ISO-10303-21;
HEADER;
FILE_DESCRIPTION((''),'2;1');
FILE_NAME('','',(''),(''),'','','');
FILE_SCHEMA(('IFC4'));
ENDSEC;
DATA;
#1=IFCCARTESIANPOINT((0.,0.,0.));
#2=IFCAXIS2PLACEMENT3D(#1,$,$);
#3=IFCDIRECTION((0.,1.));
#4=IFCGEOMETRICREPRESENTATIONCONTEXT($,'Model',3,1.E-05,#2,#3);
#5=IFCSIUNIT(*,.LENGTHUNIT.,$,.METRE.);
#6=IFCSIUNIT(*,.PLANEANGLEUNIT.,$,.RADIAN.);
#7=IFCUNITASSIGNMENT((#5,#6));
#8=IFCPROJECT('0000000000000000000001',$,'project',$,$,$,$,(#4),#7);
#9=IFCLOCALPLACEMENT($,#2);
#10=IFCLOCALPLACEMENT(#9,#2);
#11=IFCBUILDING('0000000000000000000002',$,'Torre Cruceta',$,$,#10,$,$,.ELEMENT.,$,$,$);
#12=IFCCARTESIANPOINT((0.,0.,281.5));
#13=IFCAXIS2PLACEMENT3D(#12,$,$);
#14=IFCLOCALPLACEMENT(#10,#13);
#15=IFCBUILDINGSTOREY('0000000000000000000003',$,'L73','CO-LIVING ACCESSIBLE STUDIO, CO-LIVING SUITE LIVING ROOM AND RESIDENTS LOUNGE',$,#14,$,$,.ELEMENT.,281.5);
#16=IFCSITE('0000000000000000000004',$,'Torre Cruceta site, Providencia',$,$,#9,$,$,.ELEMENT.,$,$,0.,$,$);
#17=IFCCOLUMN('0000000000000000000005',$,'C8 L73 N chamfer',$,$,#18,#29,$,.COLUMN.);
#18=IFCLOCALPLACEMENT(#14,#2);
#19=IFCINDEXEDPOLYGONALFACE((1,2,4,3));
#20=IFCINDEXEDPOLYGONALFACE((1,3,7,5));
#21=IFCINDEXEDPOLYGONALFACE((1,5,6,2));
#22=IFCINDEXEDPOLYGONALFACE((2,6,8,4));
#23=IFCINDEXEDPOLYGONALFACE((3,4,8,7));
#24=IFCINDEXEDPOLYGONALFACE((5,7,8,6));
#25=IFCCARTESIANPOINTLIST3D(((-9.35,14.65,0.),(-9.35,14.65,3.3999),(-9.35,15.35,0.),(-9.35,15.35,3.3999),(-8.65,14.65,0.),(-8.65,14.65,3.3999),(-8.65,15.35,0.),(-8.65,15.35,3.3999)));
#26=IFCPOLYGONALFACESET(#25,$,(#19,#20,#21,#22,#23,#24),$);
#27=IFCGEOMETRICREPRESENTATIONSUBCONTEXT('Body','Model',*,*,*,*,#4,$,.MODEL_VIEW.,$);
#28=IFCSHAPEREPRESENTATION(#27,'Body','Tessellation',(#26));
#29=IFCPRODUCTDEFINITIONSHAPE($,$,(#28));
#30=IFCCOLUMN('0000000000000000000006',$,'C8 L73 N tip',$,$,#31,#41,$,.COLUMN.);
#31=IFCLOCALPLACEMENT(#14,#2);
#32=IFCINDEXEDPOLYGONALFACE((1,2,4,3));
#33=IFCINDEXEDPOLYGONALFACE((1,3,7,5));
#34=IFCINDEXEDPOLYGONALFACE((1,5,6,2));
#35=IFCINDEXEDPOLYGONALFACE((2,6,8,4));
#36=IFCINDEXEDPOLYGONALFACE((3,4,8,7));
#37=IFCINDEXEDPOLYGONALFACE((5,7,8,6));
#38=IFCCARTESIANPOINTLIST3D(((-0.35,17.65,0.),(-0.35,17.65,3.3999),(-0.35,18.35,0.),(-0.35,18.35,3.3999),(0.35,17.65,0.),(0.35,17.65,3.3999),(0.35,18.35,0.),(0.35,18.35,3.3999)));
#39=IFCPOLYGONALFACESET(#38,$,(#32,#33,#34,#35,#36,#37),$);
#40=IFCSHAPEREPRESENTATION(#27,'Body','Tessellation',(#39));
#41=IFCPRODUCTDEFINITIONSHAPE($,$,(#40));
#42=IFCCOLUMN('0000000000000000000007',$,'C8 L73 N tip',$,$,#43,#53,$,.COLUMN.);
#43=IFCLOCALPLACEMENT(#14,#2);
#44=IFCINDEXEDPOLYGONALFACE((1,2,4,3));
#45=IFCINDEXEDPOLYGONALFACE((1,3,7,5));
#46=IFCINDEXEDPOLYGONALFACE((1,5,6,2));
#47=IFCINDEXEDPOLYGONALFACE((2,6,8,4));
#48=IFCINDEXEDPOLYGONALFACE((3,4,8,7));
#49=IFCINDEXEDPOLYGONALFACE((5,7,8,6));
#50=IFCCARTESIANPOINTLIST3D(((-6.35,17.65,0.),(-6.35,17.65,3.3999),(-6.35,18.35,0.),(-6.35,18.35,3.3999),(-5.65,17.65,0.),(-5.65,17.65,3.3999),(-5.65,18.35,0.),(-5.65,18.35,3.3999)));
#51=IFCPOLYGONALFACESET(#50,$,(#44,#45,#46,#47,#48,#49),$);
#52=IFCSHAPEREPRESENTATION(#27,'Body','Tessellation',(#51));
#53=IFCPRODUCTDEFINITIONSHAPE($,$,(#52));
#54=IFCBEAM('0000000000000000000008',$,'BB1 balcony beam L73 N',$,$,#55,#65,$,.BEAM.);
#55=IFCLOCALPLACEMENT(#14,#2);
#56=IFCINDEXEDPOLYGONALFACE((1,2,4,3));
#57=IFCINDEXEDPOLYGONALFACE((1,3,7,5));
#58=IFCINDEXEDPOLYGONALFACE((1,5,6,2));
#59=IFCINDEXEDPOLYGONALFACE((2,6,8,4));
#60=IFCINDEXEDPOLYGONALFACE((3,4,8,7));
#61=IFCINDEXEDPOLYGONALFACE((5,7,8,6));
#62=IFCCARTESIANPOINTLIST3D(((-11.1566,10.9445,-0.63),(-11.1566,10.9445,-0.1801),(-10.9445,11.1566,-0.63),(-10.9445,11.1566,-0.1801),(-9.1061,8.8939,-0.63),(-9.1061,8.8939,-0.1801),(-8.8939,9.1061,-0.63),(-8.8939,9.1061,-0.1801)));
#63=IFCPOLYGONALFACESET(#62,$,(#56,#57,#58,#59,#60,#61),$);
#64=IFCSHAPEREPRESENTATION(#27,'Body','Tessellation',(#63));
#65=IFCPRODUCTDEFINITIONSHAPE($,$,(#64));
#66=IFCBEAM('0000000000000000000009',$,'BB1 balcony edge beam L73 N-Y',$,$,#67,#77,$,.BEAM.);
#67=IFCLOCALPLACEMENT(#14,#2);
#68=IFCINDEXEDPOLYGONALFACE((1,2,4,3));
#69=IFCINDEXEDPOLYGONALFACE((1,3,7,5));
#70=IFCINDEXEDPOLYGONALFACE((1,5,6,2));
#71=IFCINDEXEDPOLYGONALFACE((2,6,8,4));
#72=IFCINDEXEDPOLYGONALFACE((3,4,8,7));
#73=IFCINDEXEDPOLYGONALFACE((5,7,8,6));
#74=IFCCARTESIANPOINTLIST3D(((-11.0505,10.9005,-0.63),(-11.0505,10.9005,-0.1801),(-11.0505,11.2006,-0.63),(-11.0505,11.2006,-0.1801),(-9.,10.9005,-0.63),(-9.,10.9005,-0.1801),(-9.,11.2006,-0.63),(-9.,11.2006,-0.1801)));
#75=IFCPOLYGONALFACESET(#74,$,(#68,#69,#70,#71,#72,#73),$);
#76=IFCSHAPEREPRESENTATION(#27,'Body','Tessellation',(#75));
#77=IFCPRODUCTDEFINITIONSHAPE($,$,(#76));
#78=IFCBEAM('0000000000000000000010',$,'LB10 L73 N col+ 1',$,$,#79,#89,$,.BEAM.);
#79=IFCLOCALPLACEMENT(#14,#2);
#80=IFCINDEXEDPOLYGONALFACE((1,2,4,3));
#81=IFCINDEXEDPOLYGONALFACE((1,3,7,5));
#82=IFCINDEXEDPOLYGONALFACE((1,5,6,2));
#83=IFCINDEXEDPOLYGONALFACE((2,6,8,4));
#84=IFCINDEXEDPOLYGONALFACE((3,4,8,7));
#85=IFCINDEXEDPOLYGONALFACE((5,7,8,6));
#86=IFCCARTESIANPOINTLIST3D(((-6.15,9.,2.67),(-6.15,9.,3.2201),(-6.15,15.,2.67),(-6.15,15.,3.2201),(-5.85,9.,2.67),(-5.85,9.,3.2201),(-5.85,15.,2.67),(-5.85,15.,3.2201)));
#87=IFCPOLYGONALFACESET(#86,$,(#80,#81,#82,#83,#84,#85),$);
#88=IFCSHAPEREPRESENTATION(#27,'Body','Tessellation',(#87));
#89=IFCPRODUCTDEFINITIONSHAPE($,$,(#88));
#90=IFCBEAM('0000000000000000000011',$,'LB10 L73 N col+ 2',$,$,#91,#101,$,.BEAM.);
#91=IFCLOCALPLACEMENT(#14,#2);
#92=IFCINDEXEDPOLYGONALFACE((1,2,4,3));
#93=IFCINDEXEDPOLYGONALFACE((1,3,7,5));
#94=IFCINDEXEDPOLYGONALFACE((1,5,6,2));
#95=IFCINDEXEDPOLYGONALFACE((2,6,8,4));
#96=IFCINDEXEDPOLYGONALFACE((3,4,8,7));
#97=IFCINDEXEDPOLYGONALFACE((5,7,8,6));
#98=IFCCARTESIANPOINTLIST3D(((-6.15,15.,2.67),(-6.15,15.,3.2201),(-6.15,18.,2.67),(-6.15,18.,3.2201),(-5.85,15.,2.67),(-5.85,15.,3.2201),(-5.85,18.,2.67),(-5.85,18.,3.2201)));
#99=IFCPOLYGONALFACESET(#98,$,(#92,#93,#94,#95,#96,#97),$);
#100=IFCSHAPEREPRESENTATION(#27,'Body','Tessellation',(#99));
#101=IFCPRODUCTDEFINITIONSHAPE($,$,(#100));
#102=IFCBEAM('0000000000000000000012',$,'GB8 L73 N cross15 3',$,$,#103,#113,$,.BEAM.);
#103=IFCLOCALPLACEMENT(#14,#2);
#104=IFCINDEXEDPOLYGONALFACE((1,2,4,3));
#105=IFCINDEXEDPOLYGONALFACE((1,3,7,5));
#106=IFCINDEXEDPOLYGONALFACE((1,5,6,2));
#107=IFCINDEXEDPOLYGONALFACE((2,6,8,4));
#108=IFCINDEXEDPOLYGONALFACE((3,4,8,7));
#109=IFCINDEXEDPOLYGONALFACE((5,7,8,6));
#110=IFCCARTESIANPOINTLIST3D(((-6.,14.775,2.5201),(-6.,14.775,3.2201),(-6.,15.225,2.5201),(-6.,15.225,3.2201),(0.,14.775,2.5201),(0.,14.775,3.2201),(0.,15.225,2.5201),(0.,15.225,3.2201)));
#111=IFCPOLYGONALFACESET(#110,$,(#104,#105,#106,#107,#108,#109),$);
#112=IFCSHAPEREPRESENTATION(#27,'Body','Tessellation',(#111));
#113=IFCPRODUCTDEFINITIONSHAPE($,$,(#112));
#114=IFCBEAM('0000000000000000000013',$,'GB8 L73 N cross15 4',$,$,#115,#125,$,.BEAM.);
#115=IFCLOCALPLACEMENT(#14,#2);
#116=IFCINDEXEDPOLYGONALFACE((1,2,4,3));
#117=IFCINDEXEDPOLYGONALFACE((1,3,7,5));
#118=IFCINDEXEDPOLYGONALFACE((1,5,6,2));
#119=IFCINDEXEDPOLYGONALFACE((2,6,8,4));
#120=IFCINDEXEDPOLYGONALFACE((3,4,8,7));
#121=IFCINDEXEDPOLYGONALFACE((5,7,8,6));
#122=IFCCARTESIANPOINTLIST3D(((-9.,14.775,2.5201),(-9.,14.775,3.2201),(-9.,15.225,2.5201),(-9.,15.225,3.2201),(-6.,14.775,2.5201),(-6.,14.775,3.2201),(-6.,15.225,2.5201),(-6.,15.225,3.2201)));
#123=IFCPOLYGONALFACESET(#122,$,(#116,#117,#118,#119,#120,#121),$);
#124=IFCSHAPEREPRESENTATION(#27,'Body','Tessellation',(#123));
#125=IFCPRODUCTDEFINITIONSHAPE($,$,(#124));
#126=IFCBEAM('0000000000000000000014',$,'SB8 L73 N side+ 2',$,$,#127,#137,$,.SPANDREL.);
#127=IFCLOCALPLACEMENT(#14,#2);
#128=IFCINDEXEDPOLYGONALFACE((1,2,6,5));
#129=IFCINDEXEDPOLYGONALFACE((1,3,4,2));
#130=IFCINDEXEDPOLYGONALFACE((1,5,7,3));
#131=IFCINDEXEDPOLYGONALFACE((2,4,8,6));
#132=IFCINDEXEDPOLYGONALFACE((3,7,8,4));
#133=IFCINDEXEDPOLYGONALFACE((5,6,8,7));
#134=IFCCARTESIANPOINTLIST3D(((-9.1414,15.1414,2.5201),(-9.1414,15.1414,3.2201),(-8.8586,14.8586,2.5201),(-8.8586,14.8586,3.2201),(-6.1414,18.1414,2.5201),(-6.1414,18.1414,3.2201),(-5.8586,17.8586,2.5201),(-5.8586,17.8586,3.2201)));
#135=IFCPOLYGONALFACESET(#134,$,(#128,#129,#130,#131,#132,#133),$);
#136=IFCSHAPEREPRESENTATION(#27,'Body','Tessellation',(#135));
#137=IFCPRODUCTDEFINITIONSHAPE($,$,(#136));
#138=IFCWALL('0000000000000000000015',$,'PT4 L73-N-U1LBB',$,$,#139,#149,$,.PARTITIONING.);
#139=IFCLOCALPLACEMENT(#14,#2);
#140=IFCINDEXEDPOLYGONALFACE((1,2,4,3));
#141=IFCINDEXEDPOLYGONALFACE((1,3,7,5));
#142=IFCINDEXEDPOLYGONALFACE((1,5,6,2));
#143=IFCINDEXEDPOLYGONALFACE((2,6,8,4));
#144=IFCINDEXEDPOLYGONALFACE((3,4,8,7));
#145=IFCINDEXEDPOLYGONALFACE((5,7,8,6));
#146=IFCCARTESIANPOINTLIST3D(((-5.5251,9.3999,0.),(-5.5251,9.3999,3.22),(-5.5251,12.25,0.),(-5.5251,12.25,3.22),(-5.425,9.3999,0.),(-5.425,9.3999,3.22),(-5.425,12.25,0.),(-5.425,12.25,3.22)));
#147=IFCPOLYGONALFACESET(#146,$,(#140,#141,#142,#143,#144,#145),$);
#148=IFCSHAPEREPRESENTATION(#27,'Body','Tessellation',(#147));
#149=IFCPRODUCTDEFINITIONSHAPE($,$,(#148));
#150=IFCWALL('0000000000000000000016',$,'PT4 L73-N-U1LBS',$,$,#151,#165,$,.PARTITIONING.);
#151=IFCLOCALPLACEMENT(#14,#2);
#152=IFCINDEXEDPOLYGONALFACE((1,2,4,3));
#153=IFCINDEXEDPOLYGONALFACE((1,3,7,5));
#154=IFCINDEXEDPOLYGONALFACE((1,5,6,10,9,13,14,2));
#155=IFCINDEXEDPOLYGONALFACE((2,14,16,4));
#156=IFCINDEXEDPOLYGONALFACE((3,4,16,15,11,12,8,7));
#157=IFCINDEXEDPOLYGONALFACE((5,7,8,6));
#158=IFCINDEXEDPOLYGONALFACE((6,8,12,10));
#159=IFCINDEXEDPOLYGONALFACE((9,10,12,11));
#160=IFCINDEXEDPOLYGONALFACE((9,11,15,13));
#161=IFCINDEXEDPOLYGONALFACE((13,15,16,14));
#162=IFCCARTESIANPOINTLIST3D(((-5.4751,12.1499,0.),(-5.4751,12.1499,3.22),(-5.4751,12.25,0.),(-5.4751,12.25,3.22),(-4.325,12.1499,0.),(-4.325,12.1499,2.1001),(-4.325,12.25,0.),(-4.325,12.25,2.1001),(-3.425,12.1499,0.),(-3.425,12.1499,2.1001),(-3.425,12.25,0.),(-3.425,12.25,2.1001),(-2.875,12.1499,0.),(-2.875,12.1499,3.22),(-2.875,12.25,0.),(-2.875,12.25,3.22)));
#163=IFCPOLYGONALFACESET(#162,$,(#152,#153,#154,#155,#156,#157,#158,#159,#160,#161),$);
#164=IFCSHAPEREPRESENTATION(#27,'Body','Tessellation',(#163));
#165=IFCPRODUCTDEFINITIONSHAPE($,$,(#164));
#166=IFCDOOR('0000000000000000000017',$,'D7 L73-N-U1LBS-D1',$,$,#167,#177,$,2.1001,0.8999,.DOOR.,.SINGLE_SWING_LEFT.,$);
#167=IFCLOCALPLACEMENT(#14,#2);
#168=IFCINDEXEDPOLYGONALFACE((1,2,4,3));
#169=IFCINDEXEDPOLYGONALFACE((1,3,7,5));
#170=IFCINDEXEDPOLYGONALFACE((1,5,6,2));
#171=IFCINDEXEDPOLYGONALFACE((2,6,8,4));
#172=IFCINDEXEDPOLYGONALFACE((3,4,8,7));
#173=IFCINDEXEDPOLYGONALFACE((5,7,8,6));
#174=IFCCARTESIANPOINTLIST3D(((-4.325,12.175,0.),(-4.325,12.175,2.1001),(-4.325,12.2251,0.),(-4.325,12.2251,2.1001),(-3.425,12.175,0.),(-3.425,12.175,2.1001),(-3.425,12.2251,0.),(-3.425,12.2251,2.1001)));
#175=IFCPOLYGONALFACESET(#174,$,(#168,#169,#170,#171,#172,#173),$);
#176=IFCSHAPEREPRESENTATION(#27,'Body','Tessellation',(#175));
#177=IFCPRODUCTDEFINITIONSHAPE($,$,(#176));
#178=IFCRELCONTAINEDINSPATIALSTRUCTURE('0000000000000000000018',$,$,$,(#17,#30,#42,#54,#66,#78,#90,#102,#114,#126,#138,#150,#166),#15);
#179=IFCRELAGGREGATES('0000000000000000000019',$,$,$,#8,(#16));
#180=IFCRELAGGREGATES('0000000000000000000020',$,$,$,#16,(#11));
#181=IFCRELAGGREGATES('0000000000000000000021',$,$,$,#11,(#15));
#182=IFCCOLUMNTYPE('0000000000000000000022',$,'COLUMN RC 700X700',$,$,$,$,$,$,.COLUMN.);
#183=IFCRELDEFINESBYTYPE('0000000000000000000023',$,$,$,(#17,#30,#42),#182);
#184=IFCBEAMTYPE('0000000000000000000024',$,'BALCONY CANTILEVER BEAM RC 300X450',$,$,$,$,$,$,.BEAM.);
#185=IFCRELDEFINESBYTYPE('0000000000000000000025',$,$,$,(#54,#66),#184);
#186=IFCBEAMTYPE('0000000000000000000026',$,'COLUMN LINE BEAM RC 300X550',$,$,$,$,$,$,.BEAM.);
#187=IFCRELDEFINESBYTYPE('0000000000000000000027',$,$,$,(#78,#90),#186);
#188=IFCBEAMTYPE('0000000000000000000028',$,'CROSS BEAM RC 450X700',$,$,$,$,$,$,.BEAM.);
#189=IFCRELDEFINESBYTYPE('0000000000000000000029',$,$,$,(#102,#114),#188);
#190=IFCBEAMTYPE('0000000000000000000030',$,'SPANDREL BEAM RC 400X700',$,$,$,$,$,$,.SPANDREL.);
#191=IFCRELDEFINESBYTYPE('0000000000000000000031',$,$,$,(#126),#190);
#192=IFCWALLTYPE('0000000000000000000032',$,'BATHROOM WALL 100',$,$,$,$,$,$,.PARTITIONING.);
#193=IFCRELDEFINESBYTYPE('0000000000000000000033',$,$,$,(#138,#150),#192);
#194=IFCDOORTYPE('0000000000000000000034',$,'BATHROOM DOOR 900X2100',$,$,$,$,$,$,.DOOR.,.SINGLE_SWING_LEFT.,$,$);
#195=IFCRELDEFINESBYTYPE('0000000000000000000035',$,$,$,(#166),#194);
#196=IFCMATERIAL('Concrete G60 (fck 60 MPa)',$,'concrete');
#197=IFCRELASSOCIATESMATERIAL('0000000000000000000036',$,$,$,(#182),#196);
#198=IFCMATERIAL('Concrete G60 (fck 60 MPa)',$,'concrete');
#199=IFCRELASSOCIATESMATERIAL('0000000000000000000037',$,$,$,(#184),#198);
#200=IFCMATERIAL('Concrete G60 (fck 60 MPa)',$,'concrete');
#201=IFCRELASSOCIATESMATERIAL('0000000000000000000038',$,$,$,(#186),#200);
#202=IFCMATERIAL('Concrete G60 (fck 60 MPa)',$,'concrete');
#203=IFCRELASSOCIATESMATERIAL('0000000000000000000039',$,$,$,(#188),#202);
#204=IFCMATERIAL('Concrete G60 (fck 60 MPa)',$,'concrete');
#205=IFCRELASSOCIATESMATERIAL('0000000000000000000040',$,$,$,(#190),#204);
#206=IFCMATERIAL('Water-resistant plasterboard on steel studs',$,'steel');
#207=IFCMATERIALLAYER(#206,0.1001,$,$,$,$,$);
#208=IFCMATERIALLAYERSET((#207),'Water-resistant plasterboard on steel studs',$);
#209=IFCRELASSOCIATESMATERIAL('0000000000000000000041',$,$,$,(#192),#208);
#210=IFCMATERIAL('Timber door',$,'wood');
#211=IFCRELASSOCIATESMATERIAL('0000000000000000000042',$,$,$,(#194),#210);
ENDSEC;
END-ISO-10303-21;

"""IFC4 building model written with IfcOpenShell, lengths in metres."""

from ifc_helpers import new_model, si_unit, direction, frame, frame_2d, origin, origin_2d, place, context, subcontext, project, spatial, rectangle, extrude, material, layer, layer_set, material_profile, profile_set, type_object, element, fill, save


model = new_model("IFC4")

# Units and contexts
model_context = context("Model", 3, precision=1e-05, world=origin(), true_north=direction((0.0, 1.0)))
body_context = subcontext(model_context, "Body", "Model", "MODEL_VIEW")
ifc_project = project(units=[si_unit("LENGTHUNIT", "METRE"), si_unit("PLANEANGLEUNIT", "RADIAN")], contexts=[model_context])

# Site, building, storey
site_placement = place(None, origin())
site = spatial("IfcSite", under=ifc_project, at=site_placement, Name="Torre Cruceta site, Providencia", CompositionType="ELEMENT", RefElevation=0.0)
building_placement = place(site_placement, origin())
building = spatial("IfcBuilding", under=site, at=building_placement, Name="Torre Cruceta", CompositionType="ELEMENT")
storey_placement = place(building_placement, frame((0.0, 0.0, 281.5)))
storey = spatial("IfcBuildingStorey", under=building, at=storey_placement, Name="L73", Description="CO-LIVING ACCESSIBLE STUDIO, CO-LIVING SUITE LIVING ROOM AND RESIDENTS LOUNGE", CompositionType="ELEMENT", Elevation=281.5)

# Columns
ifc_material_1 = material(Name="Concrete G60 (fck 60 MPa)", Category="concrete")
ifc_material_profile_1 = material_profile(ifc_material_1, rectangle(XDim=0.7, YDim=0.7, at=origin_2d()), Name="RC 700X700")
ifc_profile_set_1 = profile_set([ifc_material_profile_1], Name="Concrete G60 (fck 60 MPa)")
column_type = type_object("IfcColumnType", Name="COLUMN RC 700X700", PredefinedType="COLUMN", material=ifc_profile_set_1)
for number, where, z_axis, x_axis, name in (
    (1, (-9.0, 15.0, 0.0), (0.0, 0.0, 1.0), (1.0, 0.0, 0.0), "C8 L73 N chamfer"),
    (2, (0.0, 18.0, 0.0), (0.0, 0.0, 1.0), (1.0, 0.0, 0.0), "C8 L73 N tip"),
    (3, (-6.0, 18.0, 0.0), (0.0, 0.0, 1.0), (1.0, 0.0, 0.0), "C8 L73 N tip"),
):
    element("IfcColumn", number, at=place(storey_placement, frame(where, z_axis=z_axis, x_axis=x_axis)), inside=storey, type_object=column_type, Name=name, PredefinedType="COLUMN", context=body_context, shape_type="SweptSolid", body=[
        extrude(rectangle(XDim=0.7, YDim=0.7, at=origin_2d()), origin(), (0.0, 0.0, 1.0), 3.3999),
    ])

# Beams
ifc_material_2 = material(Name="Concrete G60 (fck 60 MPa)", Category="concrete")
ifc_material_profile_2 = material_profile(ifc_material_2, rectangle(XDim=0.3, YDim=0.45, at=origin_2d()), Name="RC 300X450")
ifc_profile_set_2 = profile_set([ifc_material_profile_2], Name="Concrete G60 (fck 60 MPa)")
beam_type_1 = type_object("IfcBeamType", Name="BALCONY CANTILEVER BEAM RC 300X450", PredefinedType="BEAM", material=ifc_profile_set_2)
beam_1_placement = place(storey_placement, frame((-9.0, 9.0, -0.405), z_axis=(-0.707107, 0.707107, 0.0), x_axis=(-0.707107, -0.707107, 0.0)))
element("IfcBeam", 4, at=beam_1_placement, inside=storey, type_object=beam_type_1, Name="BB1 balcony beam L73 N", PredefinedType="BEAM", context=body_context, shape_type="SweptSolid", body=[
    extrude(rectangle(XDim=0.3, YDim=0.45, at=origin_2d()), origin(), (0.0, 0.0, 1.0), 2.8999),
])
beam_2_placement = place(storey_placement, frame((-9.0, 11.0505, -0.405), z_axis=(-1.0, 0.0, 0.0), x_axis=(0.0, -1.0, 0.0)))
element("IfcBeam", 5, at=beam_2_placement, inside=storey, type_object=beam_type_1, Name="BB1 balcony edge beam L73 N-Y", PredefinedType="BEAM", context=body_context, shape_type="SweptSolid", body=[
    extrude(rectangle(XDim=0.3, YDim=0.45, at=origin_2d()), origin(), (0.0, 0.0, 1.0), 2.0505),
])
ifc_material_3 = material(Name="Concrete G60 (fck 60 MPa)", Category="concrete")
ifc_material_profile_3 = material_profile(ifc_material_3, rectangle(XDim=0.3, YDim=0.55, at=origin_2d()), Name="RC 300X550")
ifc_profile_set_3 = profile_set([ifc_material_profile_3], Name="Concrete G60 (fck 60 MPa)")
beam_type_2 = type_object("IfcBeamType", Name="COLUMN LINE BEAM RC 300X550", PredefinedType="BEAM", material=ifc_profile_set_3)
beam_3_placement = place(storey_placement, frame((-6.0, 9.0, 2.9451), z_axis=(0.0, 1.0, 0.0), x_axis=(-1.0, 0.0, 0.0)))
element("IfcBeam", 6, at=beam_3_placement, inside=storey, type_object=beam_type_2, Name="LB10 L73 N col+ 1", PredefinedType="BEAM", context=body_context, shape_type="SweptSolid", body=[
    extrude(rectangle(XDim=0.3, YDim=0.55, at=origin_2d()), origin(), (0.0, 0.0, 1.0), 6.0),
])
beam_4_placement = place(storey_placement, frame((-6.0, 15.0, 2.9451), z_axis=(0.0, 1.0, 0.0), x_axis=(-1.0, 0.0, 0.0)))
element("IfcBeam", 7, at=beam_4_placement, inside=storey, type_object=beam_type_2, Name="LB10 L73 N col+ 2", PredefinedType="BEAM", context=body_context, shape_type="SweptSolid", body=[
    extrude(rectangle(XDim=0.3, YDim=0.55, at=origin_2d()), origin(), (0.0, 0.0, 1.0), 3.0),
])
ifc_material_4 = material(Name="Concrete G60 (fck 60 MPa)", Category="concrete")
ifc_material_profile_4 = material_profile(ifc_material_4, rectangle(XDim=0.45, YDim=0.7, at=origin_2d()), Name="RC 450X700")
ifc_profile_set_4 = profile_set([ifc_material_profile_4], Name="Concrete G60 (fck 60 MPa)")
beam_type_3 = type_object("IfcBeamType", Name="CROSS BEAM RC 450X700", PredefinedType="BEAM", material=ifc_profile_set_4)
beam_5_placement = place(storey_placement, frame((0.0, 15.0, 2.8701), z_axis=(-1.0, 0.0, 0.0), x_axis=(0.0, -1.0, 0.0)))
element("IfcBeam", 8, at=beam_5_placement, inside=storey, type_object=beam_type_3, Name="GB8 L73 N cross15 3", PredefinedType="BEAM", context=body_context, shape_type="SweptSolid", body=[
    extrude(rectangle(XDim=0.45, YDim=0.7, at=origin_2d()), origin(), (0.0, 0.0, 1.0), 6.0),
])
beam_6_placement = place(storey_placement, frame((-6.0, 15.0, 2.8701), z_axis=(-1.0, 0.0, 0.0), x_axis=(0.0, -1.0, 0.0)))
element("IfcBeam", 9, at=beam_6_placement, inside=storey, type_object=beam_type_3, Name="GB8 L73 N cross15 4", PredefinedType="BEAM", context=body_context, shape_type="SweptSolid", body=[
    extrude(rectangle(XDim=0.45, YDim=0.7, at=origin_2d()), origin(), (0.0, 0.0, 1.0), 3.0),
])
ifc_material_5 = material(Name="Concrete G60 (fck 60 MPa)", Category="concrete")
ifc_material_profile_5 = material_profile(ifc_material_5, rectangle(XDim=0.3999, YDim=0.7, at=origin_2d()), Name="RC 400X700")
ifc_profile_set_5 = profile_set([ifc_material_profile_5], Name="Concrete G60 (fck 60 MPa)")
beam_type_4 = type_object("IfcBeamType", Name="SPANDREL BEAM RC 400X700", PredefinedType="SPANDREL", material=ifc_profile_set_5)
beam_7_placement = place(storey_placement, frame((-9.0, 15.0, 2.8701), z_axis=(0.707107, 0.707107, 0.0), x_axis=(-0.707107, 0.707107, 0.0)))
element("IfcBeam", 10, at=beam_7_placement, inside=storey, type_object=beam_type_4, Name="SB8 L73 N side+ 2", PredefinedType="SPANDREL", context=body_context, shape_type="SweptSolid", body=[
    extrude(rectangle(XDim=0.3999, YDim=0.7, at=origin_2d()), origin(), (0.0, 0.0, 1.0), 4.2427),
])

# Wall
ifc_material_6 = material(Name="Water-resistant plasterboard on steel studs", Category="steel")
ifc_layer_1 = layer(ifc_material_6, 0.1001)
ifc_layer_set_1 = layer_set([ifc_layer_1], Name="Water-resistant plasterboard on steel studs")
wall_type_1 = type_object("IfcWallType", Name="BATHROOM WALL 100", PredefinedType="PARTITIONING", material=ifc_layer_set_1)
wall_1_placement = place(storey_placement, frame((-5.4751, 9.3999, 0.0), z_axis=(0.0, 0.0, 1.0), x_axis=(0.0, 1.0, 0.0)))
element("IfcWall", 11, at=wall_1_placement, inside=storey, type_object=wall_type_1, Name="PT4 L73-N-U1LBB", PredefinedType="PARTITIONING", context=body_context, shape_type="SweptSolid", body=[
    extrude(rectangle(XDim=2.8501, YDim=0.1001, at=frame_2d((1.425, 0.0))), origin(), (0.0, 0.0, 1.0), 3.22),
])

# Wall, opening, door
wall_2_placement = place(storey_placement, frame((-2.875, 12.2, 0.0), z_axis=(0.0, 0.0, 1.0), x_axis=(-1.0, 0.0, 0.0)))
wall_2 = element("IfcWall", 12, at=wall_2_placement, inside=storey, type_object=wall_type_1, Name="PT4 L73-N-U1LBS", PredefinedType="PARTITIONING", context=body_context, shape_type="SweptSolid", body=[
    extrude(rectangle(XDim=2.6001, YDim=0.1001, at=frame_2d((1.3, 0.0))), origin(), (0.0, 0.0, 1.0), 3.22),
])
opening_1_placement = place(wall_2_placement, frame((0.55, 0.0, 0.0)))
opening_1 = element("IfcOpeningElement", 13, at=opening_1_placement, cuts=wall_2, PredefinedType="OPENING", context=body_context, shape_type="SweptSolid", body=[
    extrude(rectangle(XDim=0.8999, YDim=2.1001, at=frame_2d((0.45, 1.05))), frame((0.0, 0.0601, 0.0), z_axis=(0.0, -1.0, 0.0), x_axis=(1.0, 0.0, 0.0)), (0.0, 0.0, 1.0), 0.1201),
])
ifc_material_7 = material(Name="Timber door", Category="wood")
door_type_1 = type_object("IfcDoorType", Name="BATHROOM DOOR 900X2100", OperationType="SINGLE_SWING_LEFT", PredefinedType="DOOR", material=ifc_material_7)
door_1_placement = place(opening_1_placement, origin())
door_1 = element("IfcDoor", 14, at=door_1_placement, inside=storey, type_object=door_type_1, Name="D7 L73-N-U1LBS-D1", OperationType="SINGLE_SWING_LEFT", OverallHeight=2.1001, OverallWidth=0.8999, PredefinedType="DOOR", context=body_context, shape_type="SweptSolid", body=[
    extrude(rectangle(XDim=0.8999, YDim=2.1001, at=frame_2d((0.45, 1.05))), frame((0.0, 0.0249, 0.0), z_axis=(0.0, -1.0, 0.0), x_axis=(1.0, 0.0, 0.0)), (0.0, 0.0, 1.0), 0.05),
])
fill(opening_1, door_1)

save(model, "model.ifc")
